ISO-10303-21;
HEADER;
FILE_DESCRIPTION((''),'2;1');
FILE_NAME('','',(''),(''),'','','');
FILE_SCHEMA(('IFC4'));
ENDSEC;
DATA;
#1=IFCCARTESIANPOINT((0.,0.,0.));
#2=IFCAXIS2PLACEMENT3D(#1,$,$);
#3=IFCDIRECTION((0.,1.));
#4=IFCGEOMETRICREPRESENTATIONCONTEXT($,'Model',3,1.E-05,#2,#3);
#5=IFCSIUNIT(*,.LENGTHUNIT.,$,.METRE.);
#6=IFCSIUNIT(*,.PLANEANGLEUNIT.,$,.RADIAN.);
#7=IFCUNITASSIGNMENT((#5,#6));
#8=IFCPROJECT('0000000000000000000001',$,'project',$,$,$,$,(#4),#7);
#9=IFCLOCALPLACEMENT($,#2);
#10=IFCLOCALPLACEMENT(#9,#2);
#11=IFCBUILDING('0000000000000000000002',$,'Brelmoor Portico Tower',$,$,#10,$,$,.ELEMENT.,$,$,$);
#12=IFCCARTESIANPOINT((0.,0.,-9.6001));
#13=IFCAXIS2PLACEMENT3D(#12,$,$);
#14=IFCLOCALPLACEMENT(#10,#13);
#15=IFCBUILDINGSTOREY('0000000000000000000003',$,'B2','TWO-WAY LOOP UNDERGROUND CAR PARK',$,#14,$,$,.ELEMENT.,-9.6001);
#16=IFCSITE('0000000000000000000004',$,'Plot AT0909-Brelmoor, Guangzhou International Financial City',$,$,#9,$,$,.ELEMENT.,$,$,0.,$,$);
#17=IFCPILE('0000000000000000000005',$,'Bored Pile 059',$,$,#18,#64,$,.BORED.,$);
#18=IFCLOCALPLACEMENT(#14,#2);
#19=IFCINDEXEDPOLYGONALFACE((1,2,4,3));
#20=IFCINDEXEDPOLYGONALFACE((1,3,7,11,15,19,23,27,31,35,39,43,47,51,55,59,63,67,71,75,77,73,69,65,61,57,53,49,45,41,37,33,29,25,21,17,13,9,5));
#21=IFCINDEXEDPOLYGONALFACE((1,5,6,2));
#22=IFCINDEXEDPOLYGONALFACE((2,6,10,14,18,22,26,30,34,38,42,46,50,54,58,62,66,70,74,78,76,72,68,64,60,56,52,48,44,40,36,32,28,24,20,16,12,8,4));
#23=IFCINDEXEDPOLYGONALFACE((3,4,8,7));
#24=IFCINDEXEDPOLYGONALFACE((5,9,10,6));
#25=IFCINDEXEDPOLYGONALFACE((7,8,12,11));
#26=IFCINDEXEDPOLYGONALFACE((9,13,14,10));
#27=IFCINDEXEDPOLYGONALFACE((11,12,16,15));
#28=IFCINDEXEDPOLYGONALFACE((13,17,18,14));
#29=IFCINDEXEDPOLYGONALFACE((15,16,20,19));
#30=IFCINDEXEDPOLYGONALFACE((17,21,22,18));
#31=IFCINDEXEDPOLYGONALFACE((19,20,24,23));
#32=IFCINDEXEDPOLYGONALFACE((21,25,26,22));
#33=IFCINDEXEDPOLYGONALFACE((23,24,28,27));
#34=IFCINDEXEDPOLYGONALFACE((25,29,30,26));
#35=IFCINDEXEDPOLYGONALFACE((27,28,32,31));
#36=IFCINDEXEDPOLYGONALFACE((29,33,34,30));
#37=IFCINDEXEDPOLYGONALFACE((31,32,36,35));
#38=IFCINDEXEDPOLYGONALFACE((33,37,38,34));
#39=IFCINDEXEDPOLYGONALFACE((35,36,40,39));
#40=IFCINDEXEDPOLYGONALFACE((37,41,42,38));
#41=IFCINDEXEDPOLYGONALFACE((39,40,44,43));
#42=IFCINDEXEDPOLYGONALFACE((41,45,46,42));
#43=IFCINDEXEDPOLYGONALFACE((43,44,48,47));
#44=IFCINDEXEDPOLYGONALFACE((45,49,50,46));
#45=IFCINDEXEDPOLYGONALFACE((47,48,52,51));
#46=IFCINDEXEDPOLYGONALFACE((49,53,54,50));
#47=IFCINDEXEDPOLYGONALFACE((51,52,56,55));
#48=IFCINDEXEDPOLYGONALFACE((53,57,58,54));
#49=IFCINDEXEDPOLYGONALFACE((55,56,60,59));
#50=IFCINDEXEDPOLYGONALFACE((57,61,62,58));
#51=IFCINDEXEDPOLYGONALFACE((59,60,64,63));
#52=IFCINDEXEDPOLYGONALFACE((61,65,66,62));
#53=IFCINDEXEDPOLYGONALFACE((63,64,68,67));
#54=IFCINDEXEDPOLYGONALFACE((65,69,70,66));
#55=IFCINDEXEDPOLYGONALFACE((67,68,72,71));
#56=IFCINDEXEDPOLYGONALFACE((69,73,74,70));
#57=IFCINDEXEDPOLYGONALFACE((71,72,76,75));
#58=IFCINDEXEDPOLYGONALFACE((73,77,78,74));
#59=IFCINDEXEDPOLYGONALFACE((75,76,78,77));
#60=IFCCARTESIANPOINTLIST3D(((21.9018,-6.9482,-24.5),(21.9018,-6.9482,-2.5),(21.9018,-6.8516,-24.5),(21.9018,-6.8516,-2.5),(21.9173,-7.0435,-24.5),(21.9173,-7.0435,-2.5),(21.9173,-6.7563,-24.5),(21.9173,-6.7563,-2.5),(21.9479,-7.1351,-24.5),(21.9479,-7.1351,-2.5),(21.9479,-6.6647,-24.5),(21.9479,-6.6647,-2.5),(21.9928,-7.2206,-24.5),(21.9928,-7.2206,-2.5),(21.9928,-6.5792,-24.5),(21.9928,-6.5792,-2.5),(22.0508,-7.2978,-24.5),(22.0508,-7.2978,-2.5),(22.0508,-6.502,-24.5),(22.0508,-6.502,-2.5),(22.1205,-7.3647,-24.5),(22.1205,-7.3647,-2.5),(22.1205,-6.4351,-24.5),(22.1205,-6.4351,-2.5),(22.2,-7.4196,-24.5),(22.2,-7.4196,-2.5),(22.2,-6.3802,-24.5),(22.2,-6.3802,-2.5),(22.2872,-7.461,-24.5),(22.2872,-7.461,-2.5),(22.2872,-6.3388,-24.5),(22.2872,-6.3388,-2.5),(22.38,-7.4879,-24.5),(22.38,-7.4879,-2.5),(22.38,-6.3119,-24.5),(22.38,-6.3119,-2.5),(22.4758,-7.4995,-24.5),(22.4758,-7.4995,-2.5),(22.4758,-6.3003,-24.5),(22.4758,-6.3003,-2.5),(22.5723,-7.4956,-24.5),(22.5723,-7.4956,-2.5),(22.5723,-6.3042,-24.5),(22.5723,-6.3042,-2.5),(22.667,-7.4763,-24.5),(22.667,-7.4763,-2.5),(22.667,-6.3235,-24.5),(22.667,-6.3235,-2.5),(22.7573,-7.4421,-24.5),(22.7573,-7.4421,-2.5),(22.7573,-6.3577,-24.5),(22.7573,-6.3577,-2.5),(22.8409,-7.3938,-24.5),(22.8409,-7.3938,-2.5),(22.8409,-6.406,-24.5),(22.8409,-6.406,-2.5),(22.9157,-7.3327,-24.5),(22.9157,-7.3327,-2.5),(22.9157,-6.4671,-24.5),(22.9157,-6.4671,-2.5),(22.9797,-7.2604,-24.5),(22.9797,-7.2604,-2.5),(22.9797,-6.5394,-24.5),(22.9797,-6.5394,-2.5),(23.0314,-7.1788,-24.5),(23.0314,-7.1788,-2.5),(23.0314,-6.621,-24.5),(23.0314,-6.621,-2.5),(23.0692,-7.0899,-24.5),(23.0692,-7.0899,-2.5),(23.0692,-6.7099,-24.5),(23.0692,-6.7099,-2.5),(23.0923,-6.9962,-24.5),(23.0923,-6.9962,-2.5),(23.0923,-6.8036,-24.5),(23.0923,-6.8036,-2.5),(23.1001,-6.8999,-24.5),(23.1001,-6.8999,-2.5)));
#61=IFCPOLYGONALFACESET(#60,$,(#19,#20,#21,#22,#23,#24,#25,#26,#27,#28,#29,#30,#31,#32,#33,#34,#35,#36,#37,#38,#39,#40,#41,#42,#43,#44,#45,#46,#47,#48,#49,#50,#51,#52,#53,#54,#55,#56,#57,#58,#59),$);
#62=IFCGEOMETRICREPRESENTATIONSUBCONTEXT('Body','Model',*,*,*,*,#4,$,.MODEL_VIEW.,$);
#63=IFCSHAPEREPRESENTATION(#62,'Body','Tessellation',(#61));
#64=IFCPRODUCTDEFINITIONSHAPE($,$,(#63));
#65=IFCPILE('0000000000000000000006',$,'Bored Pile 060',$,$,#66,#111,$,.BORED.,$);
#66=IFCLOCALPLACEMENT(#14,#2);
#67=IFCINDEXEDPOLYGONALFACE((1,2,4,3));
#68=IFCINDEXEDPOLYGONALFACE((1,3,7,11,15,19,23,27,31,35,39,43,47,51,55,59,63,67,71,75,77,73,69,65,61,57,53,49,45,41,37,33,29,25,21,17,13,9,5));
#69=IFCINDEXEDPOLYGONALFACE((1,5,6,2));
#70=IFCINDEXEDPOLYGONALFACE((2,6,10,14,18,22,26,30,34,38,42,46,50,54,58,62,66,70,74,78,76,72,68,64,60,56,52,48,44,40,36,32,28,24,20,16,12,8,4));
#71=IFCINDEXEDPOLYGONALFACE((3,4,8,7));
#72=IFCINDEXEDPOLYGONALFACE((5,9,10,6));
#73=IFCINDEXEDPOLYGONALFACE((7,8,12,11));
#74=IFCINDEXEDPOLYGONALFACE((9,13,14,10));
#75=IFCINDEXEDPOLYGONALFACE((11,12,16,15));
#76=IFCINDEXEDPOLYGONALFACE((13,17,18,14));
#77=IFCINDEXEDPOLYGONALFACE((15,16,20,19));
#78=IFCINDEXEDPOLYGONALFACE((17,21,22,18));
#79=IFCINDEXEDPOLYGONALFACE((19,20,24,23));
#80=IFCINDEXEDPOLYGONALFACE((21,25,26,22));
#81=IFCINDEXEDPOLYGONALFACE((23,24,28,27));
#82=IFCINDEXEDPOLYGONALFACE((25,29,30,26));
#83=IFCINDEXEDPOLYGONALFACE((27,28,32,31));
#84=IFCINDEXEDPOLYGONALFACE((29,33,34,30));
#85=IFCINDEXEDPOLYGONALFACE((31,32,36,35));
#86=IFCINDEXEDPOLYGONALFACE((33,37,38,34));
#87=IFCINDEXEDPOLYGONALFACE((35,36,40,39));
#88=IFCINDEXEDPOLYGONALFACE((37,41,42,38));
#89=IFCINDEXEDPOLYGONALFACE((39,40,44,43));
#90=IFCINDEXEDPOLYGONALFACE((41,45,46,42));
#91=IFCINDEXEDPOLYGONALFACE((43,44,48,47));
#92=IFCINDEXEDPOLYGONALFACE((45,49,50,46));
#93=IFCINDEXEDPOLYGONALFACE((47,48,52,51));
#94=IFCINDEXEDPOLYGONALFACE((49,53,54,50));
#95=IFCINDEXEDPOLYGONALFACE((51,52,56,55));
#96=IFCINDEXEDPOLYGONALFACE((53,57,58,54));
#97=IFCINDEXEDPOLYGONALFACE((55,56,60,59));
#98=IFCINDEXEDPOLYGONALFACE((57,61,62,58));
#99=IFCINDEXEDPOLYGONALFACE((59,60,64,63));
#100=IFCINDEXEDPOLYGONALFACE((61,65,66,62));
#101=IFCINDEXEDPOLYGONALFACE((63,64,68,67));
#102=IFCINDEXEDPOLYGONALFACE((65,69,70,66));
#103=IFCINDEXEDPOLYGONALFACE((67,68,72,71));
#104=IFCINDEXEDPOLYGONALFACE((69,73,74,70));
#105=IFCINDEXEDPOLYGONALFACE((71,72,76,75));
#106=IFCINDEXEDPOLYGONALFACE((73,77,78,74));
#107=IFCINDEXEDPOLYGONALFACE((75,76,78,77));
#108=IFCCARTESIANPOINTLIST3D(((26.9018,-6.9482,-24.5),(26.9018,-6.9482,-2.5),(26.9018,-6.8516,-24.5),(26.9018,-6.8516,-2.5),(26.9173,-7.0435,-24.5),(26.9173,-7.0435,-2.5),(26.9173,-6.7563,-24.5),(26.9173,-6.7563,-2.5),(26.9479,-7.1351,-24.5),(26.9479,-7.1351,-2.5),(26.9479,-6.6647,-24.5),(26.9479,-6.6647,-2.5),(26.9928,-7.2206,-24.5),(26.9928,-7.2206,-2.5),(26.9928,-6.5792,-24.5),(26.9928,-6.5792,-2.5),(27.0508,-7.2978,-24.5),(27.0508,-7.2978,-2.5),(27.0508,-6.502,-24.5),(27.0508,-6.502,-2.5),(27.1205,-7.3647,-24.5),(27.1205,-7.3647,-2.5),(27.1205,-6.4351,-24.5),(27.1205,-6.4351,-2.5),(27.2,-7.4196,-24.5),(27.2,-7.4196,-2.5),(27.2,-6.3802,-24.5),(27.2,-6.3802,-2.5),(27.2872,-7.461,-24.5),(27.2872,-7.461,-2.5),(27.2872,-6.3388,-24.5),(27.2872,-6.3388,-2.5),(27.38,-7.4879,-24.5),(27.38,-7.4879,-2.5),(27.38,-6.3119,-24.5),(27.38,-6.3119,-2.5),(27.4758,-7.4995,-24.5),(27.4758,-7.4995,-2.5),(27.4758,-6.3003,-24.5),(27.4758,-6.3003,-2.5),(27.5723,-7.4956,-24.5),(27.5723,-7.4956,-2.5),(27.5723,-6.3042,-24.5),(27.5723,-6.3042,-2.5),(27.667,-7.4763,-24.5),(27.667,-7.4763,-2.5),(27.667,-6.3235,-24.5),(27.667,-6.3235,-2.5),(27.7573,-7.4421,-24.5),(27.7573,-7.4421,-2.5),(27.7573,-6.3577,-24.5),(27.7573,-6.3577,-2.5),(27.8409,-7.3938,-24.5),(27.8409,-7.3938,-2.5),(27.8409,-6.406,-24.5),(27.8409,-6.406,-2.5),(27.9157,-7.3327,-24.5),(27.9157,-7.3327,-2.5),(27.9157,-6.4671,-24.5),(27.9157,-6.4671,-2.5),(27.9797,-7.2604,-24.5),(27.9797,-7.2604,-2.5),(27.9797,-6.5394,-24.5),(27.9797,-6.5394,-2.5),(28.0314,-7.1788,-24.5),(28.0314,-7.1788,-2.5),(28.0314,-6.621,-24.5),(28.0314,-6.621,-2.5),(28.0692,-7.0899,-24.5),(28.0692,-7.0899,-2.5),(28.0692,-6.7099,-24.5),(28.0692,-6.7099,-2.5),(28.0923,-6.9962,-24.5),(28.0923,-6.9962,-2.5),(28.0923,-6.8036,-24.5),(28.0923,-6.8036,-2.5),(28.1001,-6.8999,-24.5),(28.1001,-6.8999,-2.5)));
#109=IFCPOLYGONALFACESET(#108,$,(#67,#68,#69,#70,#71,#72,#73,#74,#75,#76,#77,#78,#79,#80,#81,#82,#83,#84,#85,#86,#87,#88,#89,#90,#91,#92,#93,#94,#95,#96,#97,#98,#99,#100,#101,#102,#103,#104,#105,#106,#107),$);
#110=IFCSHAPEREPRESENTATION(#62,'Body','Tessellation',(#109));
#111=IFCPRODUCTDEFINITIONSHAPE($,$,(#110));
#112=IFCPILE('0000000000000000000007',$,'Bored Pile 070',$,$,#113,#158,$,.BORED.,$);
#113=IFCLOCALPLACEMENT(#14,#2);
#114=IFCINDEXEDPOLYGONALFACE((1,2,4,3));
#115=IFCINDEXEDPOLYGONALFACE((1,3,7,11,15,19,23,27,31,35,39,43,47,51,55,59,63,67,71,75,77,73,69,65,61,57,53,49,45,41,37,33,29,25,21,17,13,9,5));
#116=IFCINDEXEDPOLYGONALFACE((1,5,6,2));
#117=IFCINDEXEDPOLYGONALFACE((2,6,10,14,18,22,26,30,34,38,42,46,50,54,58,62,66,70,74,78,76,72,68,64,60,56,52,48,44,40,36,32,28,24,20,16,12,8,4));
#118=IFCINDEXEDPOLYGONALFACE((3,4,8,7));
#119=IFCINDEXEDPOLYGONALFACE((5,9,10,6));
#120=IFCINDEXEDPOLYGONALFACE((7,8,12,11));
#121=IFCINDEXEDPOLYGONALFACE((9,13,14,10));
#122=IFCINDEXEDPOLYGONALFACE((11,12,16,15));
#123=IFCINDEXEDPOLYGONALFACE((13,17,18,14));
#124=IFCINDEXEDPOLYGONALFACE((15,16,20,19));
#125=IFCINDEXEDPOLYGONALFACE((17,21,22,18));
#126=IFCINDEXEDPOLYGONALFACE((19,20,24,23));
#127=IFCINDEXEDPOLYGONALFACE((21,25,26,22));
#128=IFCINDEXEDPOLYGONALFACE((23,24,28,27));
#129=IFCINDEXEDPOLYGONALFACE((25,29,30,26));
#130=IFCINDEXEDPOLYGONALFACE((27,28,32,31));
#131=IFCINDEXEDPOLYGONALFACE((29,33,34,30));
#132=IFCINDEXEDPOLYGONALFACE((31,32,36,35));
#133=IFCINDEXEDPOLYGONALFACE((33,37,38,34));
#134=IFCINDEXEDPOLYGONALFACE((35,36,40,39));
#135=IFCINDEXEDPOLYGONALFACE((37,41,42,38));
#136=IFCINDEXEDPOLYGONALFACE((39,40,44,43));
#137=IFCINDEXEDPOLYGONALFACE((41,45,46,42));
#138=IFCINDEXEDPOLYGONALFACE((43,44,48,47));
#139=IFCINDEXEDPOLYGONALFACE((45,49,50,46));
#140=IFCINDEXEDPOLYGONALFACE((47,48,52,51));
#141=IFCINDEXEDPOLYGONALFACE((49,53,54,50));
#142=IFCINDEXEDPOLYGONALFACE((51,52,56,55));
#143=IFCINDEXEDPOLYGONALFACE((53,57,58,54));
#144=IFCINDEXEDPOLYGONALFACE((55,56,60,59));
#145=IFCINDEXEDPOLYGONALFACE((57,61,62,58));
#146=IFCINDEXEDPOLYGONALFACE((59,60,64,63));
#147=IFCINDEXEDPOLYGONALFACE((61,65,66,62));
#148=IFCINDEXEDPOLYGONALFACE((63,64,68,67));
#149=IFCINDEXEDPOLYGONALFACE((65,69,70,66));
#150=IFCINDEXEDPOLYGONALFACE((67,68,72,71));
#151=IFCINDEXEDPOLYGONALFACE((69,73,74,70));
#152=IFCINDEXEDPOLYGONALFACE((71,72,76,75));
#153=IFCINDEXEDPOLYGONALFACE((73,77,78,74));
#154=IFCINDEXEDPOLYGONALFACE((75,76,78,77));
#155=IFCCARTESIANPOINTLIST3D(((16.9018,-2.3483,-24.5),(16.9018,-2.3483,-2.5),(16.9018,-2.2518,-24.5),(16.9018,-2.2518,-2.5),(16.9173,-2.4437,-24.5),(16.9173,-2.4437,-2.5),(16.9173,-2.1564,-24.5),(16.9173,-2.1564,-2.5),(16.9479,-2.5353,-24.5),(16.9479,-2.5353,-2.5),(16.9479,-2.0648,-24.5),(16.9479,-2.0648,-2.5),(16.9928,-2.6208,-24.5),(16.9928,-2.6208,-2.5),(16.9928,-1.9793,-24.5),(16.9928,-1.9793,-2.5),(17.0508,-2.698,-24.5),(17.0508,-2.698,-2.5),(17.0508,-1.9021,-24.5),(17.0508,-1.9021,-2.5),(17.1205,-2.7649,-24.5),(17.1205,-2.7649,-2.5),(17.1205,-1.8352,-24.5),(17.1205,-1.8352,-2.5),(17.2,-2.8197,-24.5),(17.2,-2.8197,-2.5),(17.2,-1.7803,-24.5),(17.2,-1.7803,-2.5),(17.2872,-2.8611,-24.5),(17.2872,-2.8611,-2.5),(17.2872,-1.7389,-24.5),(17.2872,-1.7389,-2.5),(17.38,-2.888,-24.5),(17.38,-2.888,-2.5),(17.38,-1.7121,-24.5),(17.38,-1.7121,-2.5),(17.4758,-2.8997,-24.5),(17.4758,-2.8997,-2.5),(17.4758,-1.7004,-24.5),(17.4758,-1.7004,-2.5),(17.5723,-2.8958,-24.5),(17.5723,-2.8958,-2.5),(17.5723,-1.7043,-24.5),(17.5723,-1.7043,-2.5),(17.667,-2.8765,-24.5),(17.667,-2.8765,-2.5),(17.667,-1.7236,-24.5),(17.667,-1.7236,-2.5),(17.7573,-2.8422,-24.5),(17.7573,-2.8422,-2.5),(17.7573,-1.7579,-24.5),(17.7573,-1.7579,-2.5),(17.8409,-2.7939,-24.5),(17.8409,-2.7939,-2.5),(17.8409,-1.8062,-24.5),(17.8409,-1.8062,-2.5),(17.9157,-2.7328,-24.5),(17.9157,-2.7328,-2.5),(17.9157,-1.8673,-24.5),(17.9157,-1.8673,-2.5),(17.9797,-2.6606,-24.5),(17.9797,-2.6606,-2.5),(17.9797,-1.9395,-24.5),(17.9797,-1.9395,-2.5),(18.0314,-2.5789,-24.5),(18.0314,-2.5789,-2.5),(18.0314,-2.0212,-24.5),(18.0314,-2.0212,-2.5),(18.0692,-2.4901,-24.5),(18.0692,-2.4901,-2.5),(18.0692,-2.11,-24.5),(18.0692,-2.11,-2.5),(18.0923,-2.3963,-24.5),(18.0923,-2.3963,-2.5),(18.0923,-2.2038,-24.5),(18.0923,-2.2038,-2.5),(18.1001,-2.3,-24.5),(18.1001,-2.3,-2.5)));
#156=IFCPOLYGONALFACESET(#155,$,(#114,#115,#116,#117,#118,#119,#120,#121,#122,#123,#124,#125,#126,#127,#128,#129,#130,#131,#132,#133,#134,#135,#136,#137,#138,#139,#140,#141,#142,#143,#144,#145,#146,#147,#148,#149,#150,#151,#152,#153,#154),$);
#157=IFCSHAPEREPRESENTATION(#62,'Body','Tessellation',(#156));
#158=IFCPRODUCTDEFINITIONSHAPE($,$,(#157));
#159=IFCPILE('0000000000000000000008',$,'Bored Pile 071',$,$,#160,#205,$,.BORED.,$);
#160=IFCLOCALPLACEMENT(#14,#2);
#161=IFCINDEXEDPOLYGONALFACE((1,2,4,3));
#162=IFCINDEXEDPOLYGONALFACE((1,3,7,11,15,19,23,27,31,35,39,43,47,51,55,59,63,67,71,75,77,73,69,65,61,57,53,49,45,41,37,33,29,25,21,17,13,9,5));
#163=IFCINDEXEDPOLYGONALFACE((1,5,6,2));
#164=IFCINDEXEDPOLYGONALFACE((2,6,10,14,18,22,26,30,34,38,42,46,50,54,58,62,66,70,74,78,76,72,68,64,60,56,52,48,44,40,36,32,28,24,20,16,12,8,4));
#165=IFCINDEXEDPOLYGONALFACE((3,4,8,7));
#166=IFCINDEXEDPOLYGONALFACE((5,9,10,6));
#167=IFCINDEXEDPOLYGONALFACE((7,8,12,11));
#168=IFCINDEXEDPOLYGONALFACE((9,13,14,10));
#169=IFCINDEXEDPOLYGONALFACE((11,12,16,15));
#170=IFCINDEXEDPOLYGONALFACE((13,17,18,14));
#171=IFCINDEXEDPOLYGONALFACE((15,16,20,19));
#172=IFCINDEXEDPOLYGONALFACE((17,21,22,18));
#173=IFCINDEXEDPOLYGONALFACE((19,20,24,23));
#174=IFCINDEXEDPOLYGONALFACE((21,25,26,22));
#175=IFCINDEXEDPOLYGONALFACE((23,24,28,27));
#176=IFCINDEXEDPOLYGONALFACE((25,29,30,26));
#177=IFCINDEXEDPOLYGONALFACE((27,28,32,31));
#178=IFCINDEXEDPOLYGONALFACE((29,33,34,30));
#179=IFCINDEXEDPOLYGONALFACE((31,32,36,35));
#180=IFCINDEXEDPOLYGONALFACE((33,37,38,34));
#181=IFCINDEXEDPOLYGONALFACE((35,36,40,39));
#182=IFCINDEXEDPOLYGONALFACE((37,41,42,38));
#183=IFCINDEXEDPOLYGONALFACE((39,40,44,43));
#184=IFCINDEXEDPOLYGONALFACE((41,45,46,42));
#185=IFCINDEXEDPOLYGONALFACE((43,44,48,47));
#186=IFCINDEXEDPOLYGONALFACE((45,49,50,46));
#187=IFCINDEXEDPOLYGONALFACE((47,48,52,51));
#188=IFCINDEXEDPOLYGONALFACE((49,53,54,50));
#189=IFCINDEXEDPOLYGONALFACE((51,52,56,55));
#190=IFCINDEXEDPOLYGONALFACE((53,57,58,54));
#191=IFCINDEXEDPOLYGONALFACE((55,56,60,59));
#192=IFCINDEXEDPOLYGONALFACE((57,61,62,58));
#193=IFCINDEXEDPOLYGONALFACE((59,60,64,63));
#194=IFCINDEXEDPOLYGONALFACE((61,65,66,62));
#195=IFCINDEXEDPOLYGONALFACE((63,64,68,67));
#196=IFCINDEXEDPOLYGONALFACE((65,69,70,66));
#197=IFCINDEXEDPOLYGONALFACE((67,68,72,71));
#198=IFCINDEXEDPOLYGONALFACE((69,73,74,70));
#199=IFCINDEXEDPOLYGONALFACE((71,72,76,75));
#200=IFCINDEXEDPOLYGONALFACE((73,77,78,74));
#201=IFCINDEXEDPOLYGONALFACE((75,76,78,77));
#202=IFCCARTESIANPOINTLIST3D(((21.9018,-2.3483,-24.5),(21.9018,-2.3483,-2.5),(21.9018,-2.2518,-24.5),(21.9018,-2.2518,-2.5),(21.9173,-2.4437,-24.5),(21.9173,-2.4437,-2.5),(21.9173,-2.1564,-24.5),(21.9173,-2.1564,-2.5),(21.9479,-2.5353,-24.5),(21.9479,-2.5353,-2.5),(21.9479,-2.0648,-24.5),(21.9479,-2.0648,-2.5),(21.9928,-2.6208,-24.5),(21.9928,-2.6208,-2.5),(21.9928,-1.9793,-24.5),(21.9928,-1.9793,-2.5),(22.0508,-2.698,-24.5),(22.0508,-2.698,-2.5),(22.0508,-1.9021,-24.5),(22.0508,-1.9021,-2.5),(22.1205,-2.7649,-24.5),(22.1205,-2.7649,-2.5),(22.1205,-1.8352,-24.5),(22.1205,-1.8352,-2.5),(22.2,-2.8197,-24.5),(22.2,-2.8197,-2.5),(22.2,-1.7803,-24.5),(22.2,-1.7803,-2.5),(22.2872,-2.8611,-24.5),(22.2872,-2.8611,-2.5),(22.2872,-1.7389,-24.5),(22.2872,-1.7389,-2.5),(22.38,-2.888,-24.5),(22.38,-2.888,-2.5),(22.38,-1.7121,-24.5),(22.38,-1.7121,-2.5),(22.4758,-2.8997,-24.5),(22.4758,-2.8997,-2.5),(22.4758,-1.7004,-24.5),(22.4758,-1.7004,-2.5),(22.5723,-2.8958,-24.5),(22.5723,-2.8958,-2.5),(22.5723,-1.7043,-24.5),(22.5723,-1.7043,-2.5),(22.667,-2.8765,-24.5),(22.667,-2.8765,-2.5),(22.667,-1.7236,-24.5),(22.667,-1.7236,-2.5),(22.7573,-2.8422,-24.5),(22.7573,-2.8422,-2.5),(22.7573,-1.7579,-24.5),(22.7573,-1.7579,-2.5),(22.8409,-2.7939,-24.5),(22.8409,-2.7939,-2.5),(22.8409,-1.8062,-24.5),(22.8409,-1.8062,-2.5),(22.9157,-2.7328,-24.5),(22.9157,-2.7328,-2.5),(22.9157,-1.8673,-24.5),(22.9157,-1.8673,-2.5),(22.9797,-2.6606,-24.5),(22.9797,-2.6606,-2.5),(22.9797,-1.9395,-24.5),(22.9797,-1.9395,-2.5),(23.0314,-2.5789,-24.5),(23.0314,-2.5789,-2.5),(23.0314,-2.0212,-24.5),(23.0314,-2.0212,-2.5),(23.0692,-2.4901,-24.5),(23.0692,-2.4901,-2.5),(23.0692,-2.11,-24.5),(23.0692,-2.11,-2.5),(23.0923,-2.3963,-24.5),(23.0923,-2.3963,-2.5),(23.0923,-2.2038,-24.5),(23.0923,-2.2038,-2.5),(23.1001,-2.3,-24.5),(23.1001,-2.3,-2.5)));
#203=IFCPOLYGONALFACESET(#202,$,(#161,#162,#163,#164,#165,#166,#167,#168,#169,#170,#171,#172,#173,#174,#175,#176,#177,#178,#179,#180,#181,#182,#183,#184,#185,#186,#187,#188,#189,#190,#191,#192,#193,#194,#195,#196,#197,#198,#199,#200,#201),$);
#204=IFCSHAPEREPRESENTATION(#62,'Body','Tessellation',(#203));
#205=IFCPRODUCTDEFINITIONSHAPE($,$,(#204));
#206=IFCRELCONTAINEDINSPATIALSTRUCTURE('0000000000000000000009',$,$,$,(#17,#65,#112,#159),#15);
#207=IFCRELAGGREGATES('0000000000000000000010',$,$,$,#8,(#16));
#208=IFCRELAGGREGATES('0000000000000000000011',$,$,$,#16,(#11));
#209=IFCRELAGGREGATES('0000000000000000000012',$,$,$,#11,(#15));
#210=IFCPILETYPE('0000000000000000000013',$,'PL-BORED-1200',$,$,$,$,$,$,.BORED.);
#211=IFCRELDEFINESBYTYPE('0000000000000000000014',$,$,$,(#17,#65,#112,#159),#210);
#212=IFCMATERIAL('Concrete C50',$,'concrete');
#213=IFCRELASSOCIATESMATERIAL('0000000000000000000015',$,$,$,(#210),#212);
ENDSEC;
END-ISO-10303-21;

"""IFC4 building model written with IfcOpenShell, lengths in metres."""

from ifc_helpers import new_model, si_unit, direction, frame, origin, origin_2d, place, context, subcontext, project, spatial, circle, extrude, material, material_profile, profile_set, type_object, element, save


model = new_model("IFC4")

# Units and contexts
model_context = context("Model", 3, precision=1e-05, world=origin(), true_north=direction((0.0, 1.0)))
body_context = subcontext(model_context, "Body", "Model", "MODEL_VIEW")
ifc_project = project(units=[si_unit("LENGTHUNIT", "METRE"), si_unit("PLANEANGLEUNIT", "RADIAN")], contexts=[model_context])

# Site, building, storey
site_placement = place(None, origin())
site = spatial("IfcSite", under=ifc_project, at=site_placement, Name="Plot AT0909-Brelmoor, Guangzhou International Financial City", CompositionType="ELEMENT", RefElevation=0.0)
building_placement = place(site_placement, origin())
building = spatial("IfcBuilding", under=site, at=building_placement, Name="Brelmoor Portico Tower", CompositionType="ELEMENT")
storey_placement = place(building_placement, frame((0.0, 0.0, -9.6001)))
storey = spatial("IfcBuildingStorey", under=building, at=storey_placement, Name="B2", Description="TWO-WAY LOOP UNDERGROUND CAR PARK", CompositionType="ELEMENT", Elevation=-9.6001)

# Shared definitions
ifc_material_1 = material(Name="Concrete C50", Category="concrete")

# Piles
ifc_material_profile_1 = material_profile(ifc_material_1, circle(Radius=0.6001, at=origin_2d()), Name="BORED PILE D1200")
ifc_profile_set_1 = profile_set([ifc_material_profile_1], Name="Concrete C50")
pile_type_1 = type_object("IfcPileType", Name="PL-BORED-1200", PredefinedType="BORED", material=ifc_profile_set_1)
for number, where, z_axis, x_axis, name in (
    (1, (22.5, -6.8999, -2.5), (0.0, 0.0, -1.0), (1.0, 0.0, 0.0), "Bored Pile 059"),
    (2, (27.5, -6.8999, -2.5), (0.0, 0.0, -1.0), (1.0, 0.0, 0.0), "Bored Pile 060"),
    (3, (17.5, -2.3, -2.5), (0.0, 0.0, -1.0), (1.0, 0.0, 0.0), "Bored Pile 070"),
    (4, (22.5, -2.3, -2.5), (0.0, 0.0, -1.0), (1.0, 0.0, 0.0), "Bored Pile 071"),
):
    element("IfcPile", number, at=place(storey_placement, frame(where, z_axis=z_axis, x_axis=x_axis)), inside=storey, type_object=pile_type_1, Name=name, PredefinedType="BORED", context=body_context, shape_type="SweptSolid", body=[
        extrude(circle(Radius=0.6001, at=origin_2d()), origin(), (0.0, 0.0, 1.0), 22.0),
    ])

save(model, "model.ifc")
